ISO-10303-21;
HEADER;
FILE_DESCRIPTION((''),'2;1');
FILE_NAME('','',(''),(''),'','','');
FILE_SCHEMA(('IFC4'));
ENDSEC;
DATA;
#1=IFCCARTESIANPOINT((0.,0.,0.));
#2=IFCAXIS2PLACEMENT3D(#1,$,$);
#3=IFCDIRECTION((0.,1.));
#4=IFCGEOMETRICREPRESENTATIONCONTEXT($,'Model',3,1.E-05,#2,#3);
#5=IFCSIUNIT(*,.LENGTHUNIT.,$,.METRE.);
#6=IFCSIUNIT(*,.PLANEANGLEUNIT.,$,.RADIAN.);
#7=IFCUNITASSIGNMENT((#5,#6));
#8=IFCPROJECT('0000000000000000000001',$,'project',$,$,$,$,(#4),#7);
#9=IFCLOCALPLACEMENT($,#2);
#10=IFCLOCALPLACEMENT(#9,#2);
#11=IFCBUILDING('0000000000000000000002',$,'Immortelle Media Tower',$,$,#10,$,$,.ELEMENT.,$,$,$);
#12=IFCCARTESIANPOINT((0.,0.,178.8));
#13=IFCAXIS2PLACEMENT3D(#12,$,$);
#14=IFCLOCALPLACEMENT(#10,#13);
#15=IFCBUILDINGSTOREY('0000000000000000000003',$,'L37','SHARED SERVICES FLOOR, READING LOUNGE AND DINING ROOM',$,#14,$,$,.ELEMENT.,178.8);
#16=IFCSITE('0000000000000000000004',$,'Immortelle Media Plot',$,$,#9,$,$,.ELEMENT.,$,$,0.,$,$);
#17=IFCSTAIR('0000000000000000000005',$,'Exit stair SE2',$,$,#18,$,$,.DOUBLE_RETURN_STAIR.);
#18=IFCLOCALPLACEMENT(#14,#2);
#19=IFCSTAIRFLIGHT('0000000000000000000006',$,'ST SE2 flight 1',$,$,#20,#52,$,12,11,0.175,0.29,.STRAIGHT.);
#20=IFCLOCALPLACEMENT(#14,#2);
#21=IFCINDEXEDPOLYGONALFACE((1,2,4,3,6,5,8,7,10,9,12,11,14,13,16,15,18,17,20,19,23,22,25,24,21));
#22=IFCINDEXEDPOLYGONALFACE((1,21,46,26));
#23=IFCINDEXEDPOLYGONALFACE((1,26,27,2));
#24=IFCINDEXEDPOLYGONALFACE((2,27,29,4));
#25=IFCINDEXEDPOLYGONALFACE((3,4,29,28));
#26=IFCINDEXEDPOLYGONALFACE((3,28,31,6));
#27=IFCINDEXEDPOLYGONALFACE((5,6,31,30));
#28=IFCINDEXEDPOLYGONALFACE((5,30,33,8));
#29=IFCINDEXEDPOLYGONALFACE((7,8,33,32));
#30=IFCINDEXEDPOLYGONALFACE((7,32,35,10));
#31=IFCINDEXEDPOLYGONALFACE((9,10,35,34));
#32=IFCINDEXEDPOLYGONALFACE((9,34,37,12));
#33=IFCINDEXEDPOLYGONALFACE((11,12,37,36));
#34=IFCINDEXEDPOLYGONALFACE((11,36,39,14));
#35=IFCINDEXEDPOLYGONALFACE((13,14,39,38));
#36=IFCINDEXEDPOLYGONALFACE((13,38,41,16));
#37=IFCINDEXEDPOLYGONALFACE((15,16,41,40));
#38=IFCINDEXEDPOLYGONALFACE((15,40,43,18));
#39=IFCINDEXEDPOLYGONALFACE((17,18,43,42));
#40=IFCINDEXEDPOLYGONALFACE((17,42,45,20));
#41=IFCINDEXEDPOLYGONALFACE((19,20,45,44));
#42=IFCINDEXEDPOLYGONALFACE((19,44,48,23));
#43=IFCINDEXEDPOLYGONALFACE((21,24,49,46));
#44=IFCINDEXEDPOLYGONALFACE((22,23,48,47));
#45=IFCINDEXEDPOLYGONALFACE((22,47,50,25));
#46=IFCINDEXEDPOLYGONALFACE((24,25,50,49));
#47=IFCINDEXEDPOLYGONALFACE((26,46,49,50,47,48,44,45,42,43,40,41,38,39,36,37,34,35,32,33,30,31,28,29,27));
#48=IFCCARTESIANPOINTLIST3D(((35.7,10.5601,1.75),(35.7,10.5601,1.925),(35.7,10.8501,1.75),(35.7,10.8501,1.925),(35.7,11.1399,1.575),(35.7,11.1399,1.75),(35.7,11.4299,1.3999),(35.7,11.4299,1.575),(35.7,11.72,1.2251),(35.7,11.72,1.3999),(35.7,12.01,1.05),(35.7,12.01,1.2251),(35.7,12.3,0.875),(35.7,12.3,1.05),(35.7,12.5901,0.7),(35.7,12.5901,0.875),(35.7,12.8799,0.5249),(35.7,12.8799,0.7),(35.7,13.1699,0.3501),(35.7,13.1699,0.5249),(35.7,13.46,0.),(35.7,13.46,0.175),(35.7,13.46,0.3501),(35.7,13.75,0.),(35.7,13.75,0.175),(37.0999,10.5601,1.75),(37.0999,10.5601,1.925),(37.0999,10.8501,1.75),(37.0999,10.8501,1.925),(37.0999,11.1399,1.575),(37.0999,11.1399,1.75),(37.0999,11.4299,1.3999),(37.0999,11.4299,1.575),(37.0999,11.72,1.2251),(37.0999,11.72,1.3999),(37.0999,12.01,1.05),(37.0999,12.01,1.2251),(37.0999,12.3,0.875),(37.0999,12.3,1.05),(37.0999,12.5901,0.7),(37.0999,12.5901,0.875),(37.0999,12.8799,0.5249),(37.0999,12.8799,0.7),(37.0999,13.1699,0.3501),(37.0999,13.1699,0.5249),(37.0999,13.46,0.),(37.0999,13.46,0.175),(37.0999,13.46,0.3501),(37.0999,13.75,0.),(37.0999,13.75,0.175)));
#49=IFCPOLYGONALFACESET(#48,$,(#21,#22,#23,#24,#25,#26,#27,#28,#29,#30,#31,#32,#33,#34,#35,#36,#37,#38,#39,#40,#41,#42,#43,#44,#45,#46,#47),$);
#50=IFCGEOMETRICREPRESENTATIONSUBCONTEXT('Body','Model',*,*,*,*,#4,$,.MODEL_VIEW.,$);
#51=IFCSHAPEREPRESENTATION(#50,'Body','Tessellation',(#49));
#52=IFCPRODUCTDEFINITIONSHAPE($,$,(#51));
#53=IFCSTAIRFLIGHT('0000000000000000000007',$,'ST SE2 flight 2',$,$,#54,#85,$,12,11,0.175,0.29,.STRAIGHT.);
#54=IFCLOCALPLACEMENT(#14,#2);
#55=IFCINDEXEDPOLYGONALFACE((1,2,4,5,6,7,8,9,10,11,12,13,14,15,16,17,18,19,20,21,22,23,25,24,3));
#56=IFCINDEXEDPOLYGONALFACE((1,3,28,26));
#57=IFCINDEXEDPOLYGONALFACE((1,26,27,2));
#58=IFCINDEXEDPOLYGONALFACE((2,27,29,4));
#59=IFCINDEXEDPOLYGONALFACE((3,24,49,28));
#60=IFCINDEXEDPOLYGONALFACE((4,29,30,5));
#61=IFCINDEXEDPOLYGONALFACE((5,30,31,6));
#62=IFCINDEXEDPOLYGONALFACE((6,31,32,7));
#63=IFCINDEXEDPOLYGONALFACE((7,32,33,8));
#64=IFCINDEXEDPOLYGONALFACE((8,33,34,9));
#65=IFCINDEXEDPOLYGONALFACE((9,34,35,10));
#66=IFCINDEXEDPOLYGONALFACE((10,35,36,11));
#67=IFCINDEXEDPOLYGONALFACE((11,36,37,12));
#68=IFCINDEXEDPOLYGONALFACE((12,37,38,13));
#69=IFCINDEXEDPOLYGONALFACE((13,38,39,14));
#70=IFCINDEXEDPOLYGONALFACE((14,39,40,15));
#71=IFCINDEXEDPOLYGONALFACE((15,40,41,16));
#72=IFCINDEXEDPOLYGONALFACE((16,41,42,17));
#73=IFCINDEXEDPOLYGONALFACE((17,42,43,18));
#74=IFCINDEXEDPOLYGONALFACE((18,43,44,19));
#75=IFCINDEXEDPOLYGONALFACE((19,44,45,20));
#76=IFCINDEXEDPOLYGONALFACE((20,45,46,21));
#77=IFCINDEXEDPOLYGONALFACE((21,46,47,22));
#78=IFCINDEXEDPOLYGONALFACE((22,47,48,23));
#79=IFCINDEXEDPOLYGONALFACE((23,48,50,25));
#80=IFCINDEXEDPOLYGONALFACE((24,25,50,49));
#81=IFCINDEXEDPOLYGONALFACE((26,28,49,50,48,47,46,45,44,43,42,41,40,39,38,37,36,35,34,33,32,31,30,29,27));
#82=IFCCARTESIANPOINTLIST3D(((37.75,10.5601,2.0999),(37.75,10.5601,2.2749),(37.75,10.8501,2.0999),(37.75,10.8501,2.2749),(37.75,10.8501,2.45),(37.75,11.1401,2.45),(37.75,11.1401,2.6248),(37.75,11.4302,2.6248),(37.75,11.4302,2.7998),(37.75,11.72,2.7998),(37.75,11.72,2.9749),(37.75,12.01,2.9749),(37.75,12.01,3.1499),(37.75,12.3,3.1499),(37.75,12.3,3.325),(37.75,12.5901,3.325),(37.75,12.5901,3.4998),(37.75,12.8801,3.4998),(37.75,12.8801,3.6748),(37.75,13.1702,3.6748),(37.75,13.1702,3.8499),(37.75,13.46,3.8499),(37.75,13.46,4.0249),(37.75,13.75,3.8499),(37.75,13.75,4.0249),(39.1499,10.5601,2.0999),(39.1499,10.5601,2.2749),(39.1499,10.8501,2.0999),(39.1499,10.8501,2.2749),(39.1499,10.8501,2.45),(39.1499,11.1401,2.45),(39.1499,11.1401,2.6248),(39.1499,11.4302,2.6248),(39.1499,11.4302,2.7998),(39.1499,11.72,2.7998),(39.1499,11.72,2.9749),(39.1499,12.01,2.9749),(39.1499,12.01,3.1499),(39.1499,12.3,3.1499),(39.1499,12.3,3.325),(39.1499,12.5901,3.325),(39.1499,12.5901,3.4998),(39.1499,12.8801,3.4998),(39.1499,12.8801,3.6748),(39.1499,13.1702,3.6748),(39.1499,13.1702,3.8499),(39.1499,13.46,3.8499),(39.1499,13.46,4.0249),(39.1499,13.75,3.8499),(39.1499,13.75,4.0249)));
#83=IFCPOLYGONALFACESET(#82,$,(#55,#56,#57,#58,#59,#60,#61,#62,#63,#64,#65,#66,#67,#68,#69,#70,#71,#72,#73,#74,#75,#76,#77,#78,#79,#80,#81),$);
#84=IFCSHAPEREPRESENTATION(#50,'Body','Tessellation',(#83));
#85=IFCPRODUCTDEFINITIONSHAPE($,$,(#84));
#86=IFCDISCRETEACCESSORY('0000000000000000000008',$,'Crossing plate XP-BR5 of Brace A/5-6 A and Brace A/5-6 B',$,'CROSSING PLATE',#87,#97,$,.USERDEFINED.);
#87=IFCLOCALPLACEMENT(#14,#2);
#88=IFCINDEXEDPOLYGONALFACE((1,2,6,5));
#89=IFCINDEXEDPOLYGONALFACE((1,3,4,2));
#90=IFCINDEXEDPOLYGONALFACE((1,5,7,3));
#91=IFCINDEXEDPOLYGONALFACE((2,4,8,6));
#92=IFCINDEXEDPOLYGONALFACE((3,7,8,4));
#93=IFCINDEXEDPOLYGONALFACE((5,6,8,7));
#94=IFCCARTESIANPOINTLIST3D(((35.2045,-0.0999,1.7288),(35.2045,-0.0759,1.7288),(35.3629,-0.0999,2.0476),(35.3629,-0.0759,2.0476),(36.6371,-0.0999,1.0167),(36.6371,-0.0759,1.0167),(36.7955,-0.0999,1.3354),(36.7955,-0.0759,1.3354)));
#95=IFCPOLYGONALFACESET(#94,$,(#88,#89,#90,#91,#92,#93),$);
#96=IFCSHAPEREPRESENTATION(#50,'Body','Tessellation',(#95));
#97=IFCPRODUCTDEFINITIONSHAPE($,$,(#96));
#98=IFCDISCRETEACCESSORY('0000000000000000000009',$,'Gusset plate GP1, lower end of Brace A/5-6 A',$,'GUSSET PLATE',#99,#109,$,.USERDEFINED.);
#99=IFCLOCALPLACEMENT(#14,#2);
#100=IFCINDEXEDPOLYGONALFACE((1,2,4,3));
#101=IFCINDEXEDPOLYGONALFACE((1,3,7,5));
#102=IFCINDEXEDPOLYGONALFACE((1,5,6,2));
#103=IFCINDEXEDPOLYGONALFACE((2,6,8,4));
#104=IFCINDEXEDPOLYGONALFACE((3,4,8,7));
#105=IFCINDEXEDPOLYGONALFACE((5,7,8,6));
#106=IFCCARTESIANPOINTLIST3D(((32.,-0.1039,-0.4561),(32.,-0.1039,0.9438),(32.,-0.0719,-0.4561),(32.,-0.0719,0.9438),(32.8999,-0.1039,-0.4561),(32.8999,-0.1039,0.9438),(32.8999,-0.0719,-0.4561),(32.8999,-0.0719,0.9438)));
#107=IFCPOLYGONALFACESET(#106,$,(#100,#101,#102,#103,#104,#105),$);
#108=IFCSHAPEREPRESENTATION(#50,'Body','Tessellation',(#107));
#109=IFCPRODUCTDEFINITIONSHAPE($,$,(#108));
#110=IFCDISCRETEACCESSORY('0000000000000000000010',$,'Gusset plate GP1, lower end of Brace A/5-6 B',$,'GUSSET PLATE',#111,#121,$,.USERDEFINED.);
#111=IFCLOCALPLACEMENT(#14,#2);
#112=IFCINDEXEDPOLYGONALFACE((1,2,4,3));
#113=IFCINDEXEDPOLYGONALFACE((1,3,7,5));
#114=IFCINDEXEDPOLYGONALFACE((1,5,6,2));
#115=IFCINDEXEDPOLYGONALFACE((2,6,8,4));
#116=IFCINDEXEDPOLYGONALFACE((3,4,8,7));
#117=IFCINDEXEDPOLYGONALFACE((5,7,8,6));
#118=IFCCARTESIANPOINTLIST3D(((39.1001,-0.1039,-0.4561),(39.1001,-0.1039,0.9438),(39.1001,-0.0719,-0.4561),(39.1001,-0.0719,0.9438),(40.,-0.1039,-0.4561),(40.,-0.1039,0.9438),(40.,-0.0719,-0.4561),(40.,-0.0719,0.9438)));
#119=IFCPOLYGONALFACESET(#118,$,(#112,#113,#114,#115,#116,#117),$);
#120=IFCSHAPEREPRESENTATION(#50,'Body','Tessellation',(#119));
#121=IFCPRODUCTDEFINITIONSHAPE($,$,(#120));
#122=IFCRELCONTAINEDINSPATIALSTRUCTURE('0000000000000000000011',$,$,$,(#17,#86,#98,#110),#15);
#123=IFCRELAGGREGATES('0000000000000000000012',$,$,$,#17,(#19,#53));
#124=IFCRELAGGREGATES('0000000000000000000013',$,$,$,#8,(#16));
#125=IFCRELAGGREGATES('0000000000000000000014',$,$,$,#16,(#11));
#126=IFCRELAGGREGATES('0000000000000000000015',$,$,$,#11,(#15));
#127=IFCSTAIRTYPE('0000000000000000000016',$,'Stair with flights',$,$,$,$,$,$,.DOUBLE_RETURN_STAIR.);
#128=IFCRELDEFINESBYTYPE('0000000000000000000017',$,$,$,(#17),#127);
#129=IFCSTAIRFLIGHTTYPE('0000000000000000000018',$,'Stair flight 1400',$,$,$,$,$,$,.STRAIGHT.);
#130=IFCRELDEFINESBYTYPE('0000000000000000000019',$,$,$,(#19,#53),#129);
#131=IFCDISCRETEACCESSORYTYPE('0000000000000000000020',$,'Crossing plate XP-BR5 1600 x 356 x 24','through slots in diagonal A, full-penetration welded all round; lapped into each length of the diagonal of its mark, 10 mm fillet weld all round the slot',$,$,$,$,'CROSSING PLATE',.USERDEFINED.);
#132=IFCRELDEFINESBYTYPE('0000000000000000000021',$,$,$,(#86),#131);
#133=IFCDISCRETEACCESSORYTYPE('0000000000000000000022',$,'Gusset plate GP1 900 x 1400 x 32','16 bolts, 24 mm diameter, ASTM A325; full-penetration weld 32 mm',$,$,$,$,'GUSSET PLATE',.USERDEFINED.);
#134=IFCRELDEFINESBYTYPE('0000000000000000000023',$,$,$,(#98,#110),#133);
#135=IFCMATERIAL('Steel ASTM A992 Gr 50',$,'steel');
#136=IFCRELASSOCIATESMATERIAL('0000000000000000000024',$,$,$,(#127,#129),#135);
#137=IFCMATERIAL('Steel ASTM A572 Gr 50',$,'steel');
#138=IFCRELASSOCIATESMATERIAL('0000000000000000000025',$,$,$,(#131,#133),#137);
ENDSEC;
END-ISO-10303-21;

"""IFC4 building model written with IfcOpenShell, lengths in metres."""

from ifc_helpers import new_model, si_unit, direction, frame, origin, origin_2d, place, context, subcontext, project, spatial, polyline, rectangle, outline, extrude, material, material_profile, profile_set, type_object, element, aggregate, save


model = new_model("IFC4")

# Units and contexts
model_context = context("Model", 3, precision=1e-05, world=origin(), true_north=direction((0.0, 1.0)))
body_context = subcontext(model_context, "Body", "Model", "MODEL_VIEW")
ifc_project = project(units=[si_unit("LENGTHUNIT", "METRE"), si_unit("PLANEANGLEUNIT", "RADIAN")], contexts=[model_context])

# Site, building, storey
site_placement = place(None, origin())
site = spatial("IfcSite", under=ifc_project, at=site_placement, Name="Immortelle Media Plot", CompositionType="ELEMENT", RefElevation=0.0)
building_placement = place(site_placement, origin())
building = spatial("IfcBuilding", under=site, at=building_placement, Name="Immortelle Media Tower", CompositionType="ELEMENT")
storey_placement = place(building_placement, frame((0.0, 0.0, 178.8)))
storey = spatial("IfcBuildingStorey", under=building, at=storey_placement, Name="L37", Description="SHARED SERVICES FLOOR, READING LOUNGE AND DINING ROOM", CompositionType="ELEMENT", Elevation=178.8)

# Shared definitions
ifc_material_1 = material(Name="Steel ASTM A992 Gr 50", Category="steel")

# Stair, stair flights
stair_type = type_object("IfcStairType", Name="Stair with flights", PredefinedType="DOUBLE_RETURN_STAIR", material=ifc_material_1)
stair_flight_type = type_object("IfcStairFlightType", Name="Stair flight 1400", PredefinedType="STRAIGHT", material=ifc_material_1)
stair_1_placement = place(storey_placement, origin())
stair_1 = element("IfcStair", 1, at=stair_1_placement, inside=storey, type_object=stair_type, Name="Exit stair SE2", PredefinedType="DOUBLE_RETURN_STAIR")
stair_flight_1_placement = place(storey_placement, frame((36.3999, 13.75, 0.0), z_axis=(0.0, 0.0, 1.0), x_axis=(0.0, -1.0, 0.0)))
stair_flight_1 = element("IfcStairFlight", 2, at=stair_flight_1_placement, type_object=stair_flight_type, Name="ST SE2 flight 1", NumberOfRisers=12, NumberOfTreads=11, PredefinedType="STRAIGHT", RiserHeight=0.175, TreadLength=0.29, context=body_context, shape_type="SweptSolid", body=[
    extrude(outline(polyline([(0.0, 0.0), (0.0, 0.175), (0.29, 0.175), (0.29, 0.3501), (0.5801, 0.3501), (0.5801, 0.5249), (0.8701, 0.5249), (0.8701, 0.7), (1.1599, 0.7), (1.1599, 0.875), (1.45, 0.875), (1.45, 1.05), (1.74, 1.05), (1.74, 1.2251), (2.03, 1.2251), (2.03, 1.3999), (2.3201, 1.3999), (2.3201, 1.575), (2.6101, 1.575), (2.6101, 1.75), (2.8999, 1.75), (2.8999, 1.925), (3.1899, 1.925), (3.1899, 2.1001), (3.1899, 1.75), (0.29, 0.0), (0.0, 0.0)])), frame((0.0, 0.7, 0.0), z_axis=(0.0, -1.0, 0.0), x_axis=(1.0, 0.0, 0.0)), (0.0, 0.0, 1.0), 1.3999),
])
stair_flight_2_placement = place(storey_placement, frame((38.45, 10.5601, 2.0999), z_axis=(0.0, 0.0, 1.0), x_axis=(0.0, 1.0, 0.0)))
stair_flight_2 = element("IfcStairFlight", 3, at=stair_flight_2_placement, type_object=stair_flight_type, Name="ST SE2 flight 2", NumberOfRisers=12, NumberOfTreads=11, PredefinedType="STRAIGHT", RiserHeight=0.175, TreadLength=0.29, context=body_context, shape_type="SweptSolid", body=[
    extrude(outline(polyline([(0.0, 0.0), (0.0, 0.175), (0.29, 0.175), (0.29, 0.3501), (0.5801, 0.3501), (0.5801, 0.5249), (0.8701, 0.5249), (0.8701, 0.7), (1.1599, 0.7), (1.1599, 0.875), (1.45, 0.875), (1.45, 1.05), (1.74, 1.05), (1.74, 1.2251), (2.03, 1.2251), (2.03, 1.3999), (2.3201, 1.3999), (2.3201, 1.575), (2.6101, 1.575), (2.6101, 1.75), (2.8999, 1.75), (2.8999, 1.925), (3.1899, 1.925), (3.1899, 2.1001), (3.1899, 1.75), (0.29, 0.0), (0.0, 0.0)])), frame((0.0, 0.7, 0.0), z_axis=(0.0, -1.0, 0.0), x_axis=(1.0, 0.0, 0.0)), (0.0, 0.0, 1.0), 1.3999),
])
aggregate(stair_1, [stair_flight_1, stair_flight_2])

# Discrete accessories
ifc_material_2 = material(Name="Steel ASTM A572 Gr 50", Category="steel")
ifc_material_profile_1 = material_profile(ifc_material_2, rectangle(XDim=0.0239, YDim=0.356, at=origin_2d()), Name="PL 24 x 356")
ifc_profile_set_1 = profile_set([ifc_material_profile_1], Name="Steel ASTM A572 Gr 50")
discrete_accessory_type_1 = type_object("IfcDiscreteAccessoryType", Name="Crossing plate XP-BR5 1600 x 356 x 24", Description="through slots in diagonal A, full-penetration welded all round; lapped into each length of the diagonal of its mark, 10 mm fillet weld all round the slot", ElementType="CROSSING PLATE", PredefinedType="USERDEFINED", material=ifc_profile_set_1)
discrete_accessory_placement = place(storey_placement, frame((35.2837, -0.0879, 1.8882), z_axis=(0.895462, 0.0, -0.445137), x_axis=(0.0, 1.0, 0.0)))
element("IfcDiscreteAccessory", 4, at=discrete_accessory_placement, inside=storey, type_object=discrete_accessory_type_1, Name="Crossing plate XP-BR5 of Brace A/5-6 A and Brace A/5-6 B", ObjectType="CROSSING PLATE", PredefinedType="USERDEFINED", context=body_context, shape_type="SweptSolid", body=[
    extrude(rectangle(XDim=0.0239, YDim=0.356, at=origin_2d()), origin(), (0.0, 0.0, 1.0), 1.5999),
])
ifc_material_profile_2 = material_profile(ifc_material_2, rectangle(XDim=0.032, YDim=1.3999, at=origin_2d()), Name="PL 32 x 1400")
ifc_profile_set_2 = profile_set([ifc_material_profile_2], Name="Steel ASTM A572 Gr 50")
discrete_accessory_type_2 = type_object("IfcDiscreteAccessoryType", Name="Gusset plate GP1 900 x 1400 x 32", Description="16 bolts, 24 mm diameter, ASTM A325; full-penetration weld 32 mm", ElementType="GUSSET PLATE", PredefinedType="USERDEFINED", material=ifc_profile_set_2)
for number, where, z_axis, x_axis, name in (
    (5, (32.0, -0.0879, 0.2439), (1.0, 0.0, 0.0), (0.0, 1.0, 0.0), "Gusset plate GP1, lower end of Brace A/5-6 A"),
    (6, (40.0, -0.0879, 0.2439), (-1.0, 0.0, 0.0), (0.0, -1.0, 0.0), "Gusset plate GP1, lower end of Brace A/5-6 B"),
):
    element("IfcDiscreteAccessory", number, at=place(storey_placement, frame(where, z_axis=z_axis, x_axis=x_axis)), inside=storey, type_object=discrete_accessory_type_2, Name=name, ObjectType="GUSSET PLATE", PredefinedType="USERDEFINED", context=body_context, shape_type="SweptSolid", body=[
        extrude(rectangle(XDim=0.032, YDim=1.3999, at=origin_2d()), origin(), (0.0, 0.0, 1.0), 0.8999),
    ])

save(model, "model.ifc")
